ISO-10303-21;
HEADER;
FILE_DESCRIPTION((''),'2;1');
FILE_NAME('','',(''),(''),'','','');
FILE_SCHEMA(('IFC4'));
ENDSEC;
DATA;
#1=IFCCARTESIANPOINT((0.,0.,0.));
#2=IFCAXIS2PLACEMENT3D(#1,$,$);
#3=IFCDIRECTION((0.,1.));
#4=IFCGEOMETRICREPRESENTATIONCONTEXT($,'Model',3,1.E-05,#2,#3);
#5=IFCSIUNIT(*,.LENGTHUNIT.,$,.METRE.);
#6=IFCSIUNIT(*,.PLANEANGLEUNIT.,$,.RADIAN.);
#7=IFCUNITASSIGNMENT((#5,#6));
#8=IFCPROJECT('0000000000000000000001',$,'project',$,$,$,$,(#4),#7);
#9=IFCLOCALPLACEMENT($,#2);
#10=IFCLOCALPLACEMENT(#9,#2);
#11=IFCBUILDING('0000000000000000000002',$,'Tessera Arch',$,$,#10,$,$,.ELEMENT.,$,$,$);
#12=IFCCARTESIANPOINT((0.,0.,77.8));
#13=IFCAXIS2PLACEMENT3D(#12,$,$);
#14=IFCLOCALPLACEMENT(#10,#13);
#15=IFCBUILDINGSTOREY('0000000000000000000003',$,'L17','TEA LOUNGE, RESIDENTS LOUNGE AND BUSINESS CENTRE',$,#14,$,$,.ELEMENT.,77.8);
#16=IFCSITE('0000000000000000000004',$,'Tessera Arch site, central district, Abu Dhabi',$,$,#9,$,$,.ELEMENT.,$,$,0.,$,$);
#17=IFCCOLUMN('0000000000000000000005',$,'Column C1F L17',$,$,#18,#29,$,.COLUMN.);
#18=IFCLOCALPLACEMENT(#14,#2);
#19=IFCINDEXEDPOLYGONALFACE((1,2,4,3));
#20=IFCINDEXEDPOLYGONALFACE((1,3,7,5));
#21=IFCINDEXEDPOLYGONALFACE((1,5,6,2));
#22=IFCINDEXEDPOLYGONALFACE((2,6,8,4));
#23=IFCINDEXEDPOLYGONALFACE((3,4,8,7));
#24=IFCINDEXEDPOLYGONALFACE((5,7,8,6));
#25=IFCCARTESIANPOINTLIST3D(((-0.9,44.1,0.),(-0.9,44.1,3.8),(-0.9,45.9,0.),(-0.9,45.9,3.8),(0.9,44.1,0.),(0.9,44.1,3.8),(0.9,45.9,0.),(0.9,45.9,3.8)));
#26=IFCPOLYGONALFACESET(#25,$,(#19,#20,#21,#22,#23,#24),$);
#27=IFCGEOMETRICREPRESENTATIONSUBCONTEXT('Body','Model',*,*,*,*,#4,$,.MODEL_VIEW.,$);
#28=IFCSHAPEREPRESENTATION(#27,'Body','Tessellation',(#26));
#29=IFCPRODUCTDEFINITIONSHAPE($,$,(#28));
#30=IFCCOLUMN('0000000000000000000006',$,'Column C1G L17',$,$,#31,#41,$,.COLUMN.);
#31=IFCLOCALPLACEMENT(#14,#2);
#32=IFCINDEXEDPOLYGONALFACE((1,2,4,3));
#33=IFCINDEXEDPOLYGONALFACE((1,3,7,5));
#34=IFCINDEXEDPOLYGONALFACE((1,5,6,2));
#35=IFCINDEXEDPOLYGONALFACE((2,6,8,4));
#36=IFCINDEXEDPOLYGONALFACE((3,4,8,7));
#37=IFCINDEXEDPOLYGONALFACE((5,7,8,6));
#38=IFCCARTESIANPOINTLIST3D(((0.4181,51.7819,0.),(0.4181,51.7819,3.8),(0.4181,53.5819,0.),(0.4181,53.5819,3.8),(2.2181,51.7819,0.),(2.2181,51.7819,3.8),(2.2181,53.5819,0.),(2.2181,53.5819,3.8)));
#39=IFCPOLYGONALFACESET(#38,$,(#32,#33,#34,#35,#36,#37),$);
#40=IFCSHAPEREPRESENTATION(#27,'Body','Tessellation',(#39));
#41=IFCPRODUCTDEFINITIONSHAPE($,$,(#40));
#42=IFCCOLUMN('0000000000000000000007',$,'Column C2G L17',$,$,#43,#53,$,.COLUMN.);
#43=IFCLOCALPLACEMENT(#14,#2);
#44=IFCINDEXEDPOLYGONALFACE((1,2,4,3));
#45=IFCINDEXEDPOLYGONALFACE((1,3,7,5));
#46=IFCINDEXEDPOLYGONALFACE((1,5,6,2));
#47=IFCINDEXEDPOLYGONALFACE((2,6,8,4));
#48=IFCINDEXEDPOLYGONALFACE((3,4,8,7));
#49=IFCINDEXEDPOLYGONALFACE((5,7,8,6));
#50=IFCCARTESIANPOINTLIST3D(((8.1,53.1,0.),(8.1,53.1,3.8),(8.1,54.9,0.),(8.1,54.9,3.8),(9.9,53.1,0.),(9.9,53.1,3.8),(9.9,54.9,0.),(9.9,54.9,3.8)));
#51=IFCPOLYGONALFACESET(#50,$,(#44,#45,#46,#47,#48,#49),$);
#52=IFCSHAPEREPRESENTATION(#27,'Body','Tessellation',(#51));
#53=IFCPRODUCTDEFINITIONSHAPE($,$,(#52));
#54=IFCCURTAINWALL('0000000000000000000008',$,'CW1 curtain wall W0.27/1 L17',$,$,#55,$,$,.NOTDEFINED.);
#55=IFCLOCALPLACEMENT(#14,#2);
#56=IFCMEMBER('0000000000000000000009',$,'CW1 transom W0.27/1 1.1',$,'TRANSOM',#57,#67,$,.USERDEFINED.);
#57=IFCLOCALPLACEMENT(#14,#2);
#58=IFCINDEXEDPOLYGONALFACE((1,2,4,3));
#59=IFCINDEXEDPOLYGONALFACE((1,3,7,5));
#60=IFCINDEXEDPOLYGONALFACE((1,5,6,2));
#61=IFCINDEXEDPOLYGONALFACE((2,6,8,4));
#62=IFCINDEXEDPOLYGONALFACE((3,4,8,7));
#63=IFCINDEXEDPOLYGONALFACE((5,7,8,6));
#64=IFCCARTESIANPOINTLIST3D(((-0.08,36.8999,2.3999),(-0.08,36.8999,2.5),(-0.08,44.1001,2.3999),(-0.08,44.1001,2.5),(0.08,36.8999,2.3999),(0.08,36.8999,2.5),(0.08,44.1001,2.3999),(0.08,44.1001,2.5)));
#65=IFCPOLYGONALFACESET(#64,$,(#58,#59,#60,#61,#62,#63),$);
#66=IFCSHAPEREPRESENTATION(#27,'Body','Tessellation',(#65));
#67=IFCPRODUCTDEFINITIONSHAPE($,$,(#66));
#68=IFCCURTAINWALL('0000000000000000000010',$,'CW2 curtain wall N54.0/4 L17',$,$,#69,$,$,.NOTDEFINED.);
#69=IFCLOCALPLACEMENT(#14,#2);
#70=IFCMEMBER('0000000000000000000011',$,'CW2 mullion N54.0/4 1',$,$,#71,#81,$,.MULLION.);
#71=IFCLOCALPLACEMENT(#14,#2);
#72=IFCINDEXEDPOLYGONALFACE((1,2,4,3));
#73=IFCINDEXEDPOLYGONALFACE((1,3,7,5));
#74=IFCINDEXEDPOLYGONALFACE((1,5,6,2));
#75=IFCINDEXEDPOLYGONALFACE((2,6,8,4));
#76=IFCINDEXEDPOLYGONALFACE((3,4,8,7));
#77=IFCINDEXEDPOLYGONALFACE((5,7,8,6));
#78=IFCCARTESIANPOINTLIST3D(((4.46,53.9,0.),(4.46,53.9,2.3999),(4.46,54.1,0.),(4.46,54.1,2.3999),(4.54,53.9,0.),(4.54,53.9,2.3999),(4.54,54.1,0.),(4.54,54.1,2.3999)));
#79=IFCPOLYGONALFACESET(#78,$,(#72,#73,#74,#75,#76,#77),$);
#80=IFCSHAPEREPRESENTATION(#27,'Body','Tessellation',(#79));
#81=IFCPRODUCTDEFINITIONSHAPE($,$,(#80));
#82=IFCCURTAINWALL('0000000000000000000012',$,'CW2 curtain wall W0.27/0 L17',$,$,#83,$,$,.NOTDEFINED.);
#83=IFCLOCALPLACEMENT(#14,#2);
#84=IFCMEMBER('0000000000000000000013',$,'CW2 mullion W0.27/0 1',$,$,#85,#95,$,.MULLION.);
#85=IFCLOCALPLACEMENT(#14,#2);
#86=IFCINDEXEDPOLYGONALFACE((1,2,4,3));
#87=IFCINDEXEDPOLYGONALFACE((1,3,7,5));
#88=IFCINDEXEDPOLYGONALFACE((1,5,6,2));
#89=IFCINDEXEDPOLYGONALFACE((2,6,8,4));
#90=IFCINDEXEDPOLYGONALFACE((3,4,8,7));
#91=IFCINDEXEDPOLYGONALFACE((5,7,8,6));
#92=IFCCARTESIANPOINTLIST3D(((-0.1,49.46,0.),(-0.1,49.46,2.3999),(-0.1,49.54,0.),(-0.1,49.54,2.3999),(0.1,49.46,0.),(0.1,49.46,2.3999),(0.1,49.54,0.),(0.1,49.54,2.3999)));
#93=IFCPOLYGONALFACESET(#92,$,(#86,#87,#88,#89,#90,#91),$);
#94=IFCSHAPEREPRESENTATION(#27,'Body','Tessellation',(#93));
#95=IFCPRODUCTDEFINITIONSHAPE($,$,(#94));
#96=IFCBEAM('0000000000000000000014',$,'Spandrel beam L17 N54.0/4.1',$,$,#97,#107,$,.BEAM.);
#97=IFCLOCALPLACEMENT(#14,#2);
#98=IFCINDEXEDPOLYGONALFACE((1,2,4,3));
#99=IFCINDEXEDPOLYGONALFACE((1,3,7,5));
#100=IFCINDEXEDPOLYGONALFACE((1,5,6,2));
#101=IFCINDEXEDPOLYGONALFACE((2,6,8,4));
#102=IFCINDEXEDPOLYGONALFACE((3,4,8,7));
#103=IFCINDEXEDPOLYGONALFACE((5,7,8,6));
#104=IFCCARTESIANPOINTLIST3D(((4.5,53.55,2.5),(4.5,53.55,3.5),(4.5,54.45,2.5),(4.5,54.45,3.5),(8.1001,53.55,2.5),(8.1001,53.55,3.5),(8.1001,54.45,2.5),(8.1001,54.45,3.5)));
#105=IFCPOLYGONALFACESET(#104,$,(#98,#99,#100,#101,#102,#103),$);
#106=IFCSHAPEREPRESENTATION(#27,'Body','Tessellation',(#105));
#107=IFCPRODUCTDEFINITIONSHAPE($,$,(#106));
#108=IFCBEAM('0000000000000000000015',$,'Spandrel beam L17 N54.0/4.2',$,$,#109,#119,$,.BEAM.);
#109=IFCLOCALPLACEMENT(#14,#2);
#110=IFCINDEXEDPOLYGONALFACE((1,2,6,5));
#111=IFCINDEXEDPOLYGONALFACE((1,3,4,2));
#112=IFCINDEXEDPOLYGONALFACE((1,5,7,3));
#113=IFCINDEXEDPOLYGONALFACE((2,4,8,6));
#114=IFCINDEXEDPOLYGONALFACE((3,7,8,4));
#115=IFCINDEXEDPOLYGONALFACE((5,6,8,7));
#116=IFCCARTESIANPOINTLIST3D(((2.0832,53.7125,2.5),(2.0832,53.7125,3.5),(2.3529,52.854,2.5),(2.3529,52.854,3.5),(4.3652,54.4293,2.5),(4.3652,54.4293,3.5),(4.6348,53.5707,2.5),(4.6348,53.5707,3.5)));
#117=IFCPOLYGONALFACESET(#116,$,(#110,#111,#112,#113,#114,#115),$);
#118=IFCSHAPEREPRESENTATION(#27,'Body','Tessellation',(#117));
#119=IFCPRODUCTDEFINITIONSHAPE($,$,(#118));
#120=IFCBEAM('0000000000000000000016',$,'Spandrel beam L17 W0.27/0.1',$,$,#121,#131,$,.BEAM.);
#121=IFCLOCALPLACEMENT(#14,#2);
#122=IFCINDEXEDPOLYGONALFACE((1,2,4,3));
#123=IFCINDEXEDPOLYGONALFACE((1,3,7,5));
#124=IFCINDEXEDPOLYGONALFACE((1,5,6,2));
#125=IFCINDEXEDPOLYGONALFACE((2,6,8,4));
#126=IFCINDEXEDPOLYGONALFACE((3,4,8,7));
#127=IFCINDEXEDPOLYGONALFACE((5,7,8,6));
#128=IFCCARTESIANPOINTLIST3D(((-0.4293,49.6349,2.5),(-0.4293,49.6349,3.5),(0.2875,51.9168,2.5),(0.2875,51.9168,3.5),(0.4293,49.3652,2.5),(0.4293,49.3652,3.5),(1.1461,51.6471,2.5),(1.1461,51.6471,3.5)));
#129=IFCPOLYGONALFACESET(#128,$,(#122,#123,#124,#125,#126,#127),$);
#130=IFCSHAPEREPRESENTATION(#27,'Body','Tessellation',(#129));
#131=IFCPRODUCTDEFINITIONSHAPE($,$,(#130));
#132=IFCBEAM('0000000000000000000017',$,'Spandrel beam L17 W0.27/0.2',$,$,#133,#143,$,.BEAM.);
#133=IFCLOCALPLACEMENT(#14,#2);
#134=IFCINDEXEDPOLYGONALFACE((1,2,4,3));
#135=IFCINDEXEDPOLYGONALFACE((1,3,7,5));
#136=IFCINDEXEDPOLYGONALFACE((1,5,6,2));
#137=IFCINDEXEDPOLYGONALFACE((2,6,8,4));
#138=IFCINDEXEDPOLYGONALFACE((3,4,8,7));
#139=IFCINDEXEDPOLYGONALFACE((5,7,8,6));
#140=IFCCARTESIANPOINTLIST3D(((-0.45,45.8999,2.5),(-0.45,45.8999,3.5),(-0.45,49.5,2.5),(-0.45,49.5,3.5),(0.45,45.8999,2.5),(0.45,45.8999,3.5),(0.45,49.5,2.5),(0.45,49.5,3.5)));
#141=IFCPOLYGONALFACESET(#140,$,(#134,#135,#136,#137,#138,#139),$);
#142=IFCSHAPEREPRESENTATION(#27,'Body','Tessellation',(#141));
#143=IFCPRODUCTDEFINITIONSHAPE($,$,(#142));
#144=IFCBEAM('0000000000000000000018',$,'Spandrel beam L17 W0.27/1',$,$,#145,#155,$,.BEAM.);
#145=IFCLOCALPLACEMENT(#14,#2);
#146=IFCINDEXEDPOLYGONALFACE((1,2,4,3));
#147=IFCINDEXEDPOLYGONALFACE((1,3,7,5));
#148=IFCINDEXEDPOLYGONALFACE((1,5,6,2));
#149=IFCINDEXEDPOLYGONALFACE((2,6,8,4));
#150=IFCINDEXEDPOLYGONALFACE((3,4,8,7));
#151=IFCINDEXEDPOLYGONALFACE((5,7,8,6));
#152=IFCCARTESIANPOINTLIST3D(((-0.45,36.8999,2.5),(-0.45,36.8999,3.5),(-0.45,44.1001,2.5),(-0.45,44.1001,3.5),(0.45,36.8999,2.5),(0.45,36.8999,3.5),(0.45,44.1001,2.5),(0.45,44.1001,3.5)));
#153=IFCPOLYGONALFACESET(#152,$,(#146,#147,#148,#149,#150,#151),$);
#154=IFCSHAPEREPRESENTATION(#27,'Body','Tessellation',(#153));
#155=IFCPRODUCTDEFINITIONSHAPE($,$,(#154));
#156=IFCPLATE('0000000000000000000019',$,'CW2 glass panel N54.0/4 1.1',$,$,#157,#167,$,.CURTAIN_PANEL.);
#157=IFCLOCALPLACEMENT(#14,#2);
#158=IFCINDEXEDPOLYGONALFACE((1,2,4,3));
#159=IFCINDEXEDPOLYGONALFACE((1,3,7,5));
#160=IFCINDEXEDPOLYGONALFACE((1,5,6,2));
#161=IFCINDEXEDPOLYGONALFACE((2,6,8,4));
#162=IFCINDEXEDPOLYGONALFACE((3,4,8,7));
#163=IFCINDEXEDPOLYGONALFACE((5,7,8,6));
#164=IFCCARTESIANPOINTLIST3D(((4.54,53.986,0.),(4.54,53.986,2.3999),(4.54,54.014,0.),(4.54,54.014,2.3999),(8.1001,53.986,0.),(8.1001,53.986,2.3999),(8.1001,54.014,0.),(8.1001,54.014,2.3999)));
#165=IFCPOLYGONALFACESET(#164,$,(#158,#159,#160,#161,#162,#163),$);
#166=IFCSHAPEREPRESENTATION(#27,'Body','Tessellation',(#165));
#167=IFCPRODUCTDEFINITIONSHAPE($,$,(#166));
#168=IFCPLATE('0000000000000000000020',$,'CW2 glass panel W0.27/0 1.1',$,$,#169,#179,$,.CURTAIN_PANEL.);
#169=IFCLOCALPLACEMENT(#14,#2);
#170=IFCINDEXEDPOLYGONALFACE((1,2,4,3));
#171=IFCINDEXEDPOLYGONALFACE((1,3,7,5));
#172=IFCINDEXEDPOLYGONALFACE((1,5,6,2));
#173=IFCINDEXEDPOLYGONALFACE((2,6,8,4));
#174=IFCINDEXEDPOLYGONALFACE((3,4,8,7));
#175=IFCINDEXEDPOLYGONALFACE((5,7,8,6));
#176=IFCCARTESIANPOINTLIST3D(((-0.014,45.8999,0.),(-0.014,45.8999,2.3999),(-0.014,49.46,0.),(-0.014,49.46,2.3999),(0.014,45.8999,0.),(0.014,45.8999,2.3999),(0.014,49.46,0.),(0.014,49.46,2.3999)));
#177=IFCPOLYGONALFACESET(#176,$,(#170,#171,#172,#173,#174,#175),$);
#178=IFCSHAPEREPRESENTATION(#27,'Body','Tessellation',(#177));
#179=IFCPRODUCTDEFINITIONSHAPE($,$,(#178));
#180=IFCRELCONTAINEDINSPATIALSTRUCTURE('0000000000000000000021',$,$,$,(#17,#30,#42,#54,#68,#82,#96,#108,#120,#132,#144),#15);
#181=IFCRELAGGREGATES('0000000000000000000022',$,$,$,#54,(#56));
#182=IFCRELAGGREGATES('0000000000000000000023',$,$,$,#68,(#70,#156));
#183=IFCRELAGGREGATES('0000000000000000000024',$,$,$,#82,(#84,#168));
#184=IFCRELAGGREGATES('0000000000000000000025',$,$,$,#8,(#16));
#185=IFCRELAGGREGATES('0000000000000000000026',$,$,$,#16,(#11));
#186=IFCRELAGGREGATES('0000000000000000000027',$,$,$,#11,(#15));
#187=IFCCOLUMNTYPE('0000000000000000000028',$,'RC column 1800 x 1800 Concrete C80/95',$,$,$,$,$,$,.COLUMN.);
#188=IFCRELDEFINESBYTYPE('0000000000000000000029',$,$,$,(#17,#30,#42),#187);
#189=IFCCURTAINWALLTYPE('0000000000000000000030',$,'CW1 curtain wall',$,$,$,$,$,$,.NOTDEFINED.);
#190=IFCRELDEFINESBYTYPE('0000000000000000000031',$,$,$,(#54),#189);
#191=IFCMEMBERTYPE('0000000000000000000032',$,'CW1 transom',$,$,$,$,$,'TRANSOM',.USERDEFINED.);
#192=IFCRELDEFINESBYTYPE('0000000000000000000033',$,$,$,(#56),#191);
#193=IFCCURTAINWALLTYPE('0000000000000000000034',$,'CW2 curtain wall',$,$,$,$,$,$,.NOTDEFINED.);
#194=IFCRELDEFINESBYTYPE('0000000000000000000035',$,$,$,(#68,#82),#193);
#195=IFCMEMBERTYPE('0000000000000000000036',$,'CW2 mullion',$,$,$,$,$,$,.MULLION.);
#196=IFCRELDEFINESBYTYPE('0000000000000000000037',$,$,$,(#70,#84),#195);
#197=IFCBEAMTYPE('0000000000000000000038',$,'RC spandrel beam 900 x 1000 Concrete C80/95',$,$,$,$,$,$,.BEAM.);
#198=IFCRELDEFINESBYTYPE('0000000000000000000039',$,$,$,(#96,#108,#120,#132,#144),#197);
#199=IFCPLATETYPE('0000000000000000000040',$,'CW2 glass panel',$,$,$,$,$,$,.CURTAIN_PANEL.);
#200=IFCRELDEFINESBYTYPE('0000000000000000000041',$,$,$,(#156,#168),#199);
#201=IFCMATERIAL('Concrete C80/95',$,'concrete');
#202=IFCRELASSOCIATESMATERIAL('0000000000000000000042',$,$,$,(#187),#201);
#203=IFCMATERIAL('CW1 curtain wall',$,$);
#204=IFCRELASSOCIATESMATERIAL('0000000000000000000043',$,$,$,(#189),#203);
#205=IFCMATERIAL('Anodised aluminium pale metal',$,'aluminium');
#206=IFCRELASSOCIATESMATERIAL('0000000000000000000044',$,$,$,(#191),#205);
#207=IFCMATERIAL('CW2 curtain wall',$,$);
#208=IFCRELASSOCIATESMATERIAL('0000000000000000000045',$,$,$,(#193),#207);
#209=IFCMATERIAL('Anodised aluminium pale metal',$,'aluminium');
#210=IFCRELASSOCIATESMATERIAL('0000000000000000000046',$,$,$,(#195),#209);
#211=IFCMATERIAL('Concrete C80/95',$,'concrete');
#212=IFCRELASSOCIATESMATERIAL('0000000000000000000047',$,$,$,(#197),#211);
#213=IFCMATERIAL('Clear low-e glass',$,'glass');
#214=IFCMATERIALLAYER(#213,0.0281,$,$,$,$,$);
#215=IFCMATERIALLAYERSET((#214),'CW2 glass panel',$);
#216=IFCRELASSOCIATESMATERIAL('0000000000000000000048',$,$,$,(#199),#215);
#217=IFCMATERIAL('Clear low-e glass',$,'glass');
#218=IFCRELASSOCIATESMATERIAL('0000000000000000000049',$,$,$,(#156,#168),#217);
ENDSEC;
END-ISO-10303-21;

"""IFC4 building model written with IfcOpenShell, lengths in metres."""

from ifc_helpers import new_model, si_unit, direction, frame, origin, origin_2d, place, context, subcontext, project, spatial, rectangle, extrude, material, layer, layer_set, material_profile, profile_set, type_object, element, aggregate, save


model = new_model("IFC4")

# Units and contexts
model_context = context("Model", 3, precision=1e-05, world=origin(), true_north=direction((0.0, 1.0)))
body_context = subcontext(model_context, "Body", "Model", "MODEL_VIEW")
ifc_project = project(units=[si_unit("LENGTHUNIT", "METRE"), si_unit("PLANEANGLEUNIT", "RADIAN")], contexts=[model_context])

# Site, building, storey
site_placement = place(None, origin())
site = spatial("IfcSite", under=ifc_project, at=site_placement, Name="Tessera Arch site, central district, Abu Dhabi", CompositionType="ELEMENT", RefElevation=0.0)
building_placement = place(site_placement, origin())
building = spatial("IfcBuilding", under=site, at=building_placement, Name="Tessera Arch", CompositionType="ELEMENT")
storey_placement = place(building_placement, frame((0.0, 0.0, 77.8)))
storey = spatial("IfcBuildingStorey", under=building, at=storey_placement, Name="L17", Description="TEA LOUNGE, RESIDENTS LOUNGE AND BUSINESS CENTRE", CompositionType="ELEMENT", Elevation=77.8)

# Columns
ifc_material_1 = material(Name="Concrete C80/95", Category="concrete")
ifc_material_profile_1 = material_profile(ifc_material_1, rectangle(XDim=1.8, YDim=1.8, at=origin_2d()), Name="RC column 1800 x 1800 Concrete C80/95")
ifc_profile_set_1 = profile_set([ifc_material_profile_1], Name="Concrete C80/95")
column_type = type_object("IfcColumnType", Name="RC column 1800 x 1800 Concrete C80/95", PredefinedType="COLUMN", material=ifc_profile_set_1)
for number, where, z_axis, x_axis, name in (
    (1, (0.0, 45.0, 0.0), (0.0, 0.0, 1.0), (1.0, 0.0, 0.0), "Column C1F L17"),
    (2, (1.3181, 52.6819, 0.0), (0.0, 0.0, 1.0), (1.0, 0.0, 0.0), "Column C1G L17"),
    (3, (9.0, 54.0, 0.0), (0.0, 0.0, 1.0), (1.0, 0.0, 0.0), "Column C2G L17"),
):
    element("IfcColumn", number, at=place(storey_placement, frame(where, z_axis=z_axis, x_axis=x_axis)), inside=storey, type_object=column_type, Name=name, PredefinedType="COLUMN", context=body_context, shape_type="SweptSolid", body=[
        extrude(rectangle(XDim=1.8, YDim=1.8, at=origin_2d()), origin(), (0.0, 0.0, 1.0), 3.8),
    ])

# Curtain walls, members
ifc_material_2 = material(Name="CW1 curtain wall")
curtain_wall_type_1 = type_object("IfcCurtainWallType", Name="CW1 curtain wall", PredefinedType="NOTDEFINED", material=ifc_material_2)
curtain_wall_1_placement = place(storey_placement, origin())
curtain_wall_1 = element("IfcCurtainWall", 4, at=curtain_wall_1_placement, inside=storey, type_object=curtain_wall_type_1, Name="CW1 curtain wall W0.27/1 L17", PredefinedType="NOTDEFINED")
ifc_material_3 = material(Name="Anodised aluminium pale metal", Category="aluminium")
ifc_material_profile_2 = material_profile(ifc_material_3, rectangle(XDim=0.1599, YDim=0.1001, at=origin_2d()), Name="AL 160x100")
ifc_profile_set_2 = profile_set([ifc_material_profile_2], Name="Anodised aluminium pale metal")
member_type_1 = type_object("IfcMemberType", Name="CW1 transom", ElementType="TRANSOM", PredefinedType="USERDEFINED", material=ifc_profile_set_2)
member_1_placement = place(storey_placement, frame((0.0, 44.1001, 2.45), z_axis=(0.0, -1.0, 0.0), x_axis=(1.0, 0.0, 0.0)))
member_1 = element("IfcMember", 5, at=member_1_placement, type_object=member_type_1, Name="CW1 transom W0.27/1 1.1", ObjectType="TRANSOM", PredefinedType="USERDEFINED", context=body_context, shape_type="SweptSolid", body=[
    extrude(rectangle(XDim=0.1599, YDim=0.1001, at=origin_2d()), origin(), (0.0, 0.0, 1.0), 7.2002),
])
aggregate(curtain_wall_1, [member_1])
ifc_material_4 = material(Name="CW2 curtain wall")
curtain_wall_type_2 = type_object("IfcCurtainWallType", Name="CW2 curtain wall", PredefinedType="NOTDEFINED", material=ifc_material_4)
curtain_wall_2_placement = place(storey_placement, origin())
curtain_wall_2 = element("IfcCurtainWall", 6, at=curtain_wall_2_placement, inside=storey, type_object=curtain_wall_type_2, Name="CW2 curtain wall N54.0/4 L17", PredefinedType="NOTDEFINED")
ifc_material_5 = material(Name="Anodised aluminium pale metal", Category="aluminium")
ifc_material_profile_3 = material_profile(ifc_material_5, rectangle(XDim=0.2, YDim=0.0801, at=origin_2d()), Name="AL 80x200")
ifc_profile_set_3 = profile_set([ifc_material_profile_3], Name="Anodised aluminium pale metal")
member_type_2 = type_object("IfcMemberType", Name="CW2 mullion", PredefinedType="MULLION", material=ifc_profile_set_3)
member_2_placement = place(storey_placement, frame((4.5, 54.0, 0.0), z_axis=(0.0, 0.0, 1.0), x_axis=(0.0, -1.0, 0.0)))
member_2 = element("IfcMember", 7, at=member_2_placement, type_object=member_type_2, Name="CW2 mullion N54.0/4 1", PredefinedType="MULLION", context=body_context, shape_type="SweptSolid", body=[
    extrude(rectangle(XDim=0.2, YDim=0.0801, at=origin_2d()), origin(), (0.0, 0.0, 1.0), 2.3999),
])
curtain_wall_3_placement = place(storey_placement, origin())
curtain_wall_3 = element("IfcCurtainWall", 8, at=curtain_wall_3_placement, inside=storey, type_object=curtain_wall_type_2, Name="CW2 curtain wall W0.27/0 L17", PredefinedType="NOTDEFINED")
member_3_placement = place(storey_placement, frame((0.0, 49.5, 0.0), z_axis=(0.0, 0.0, 1.0), x_axis=(1.0, 0.0, 0.0)))
member_3 = element("IfcMember", 9, at=member_3_placement, type_object=member_type_2, Name="CW2 mullion W0.27/0 1", PredefinedType="MULLION", context=body_context, shape_type="SweptSolid", body=[
    extrude(rectangle(XDim=0.2, YDim=0.0801, at=origin_2d()), origin(), (0.0, 0.0, 1.0), 2.3999),
])

# Beams
ifc_material_6 = material(Name="Concrete C80/95", Category="concrete")
ifc_material_profile_4 = material_profile(ifc_material_6, rectangle(XDim=0.8999, YDim=1.0, at=origin_2d()), Name="RC spandrel beam 900 x 1000 Concrete C80/95")
ifc_profile_set_4 = profile_set([ifc_material_profile_4], Name="Concrete C80/95")
beam_type = type_object("IfcBeamType", Name="RC spandrel beam 900 x 1000 Concrete C80/95", PredefinedType="BEAM", material=ifc_profile_set_4)
beam_1_placement = place(storey_placement, frame((8.1001, 54.0, 3.0), z_axis=(-1.0, 0.0, 0.0), x_axis=(0.0, -1.0, 0.0)))
element("IfcBeam", 10, at=beam_1_placement, inside=storey, type_object=beam_type, Name="Spandrel beam L17 N54.0/4.1", PredefinedType="BEAM", context=body_context, shape_type="SweptSolid", body=[
    extrude(rectangle(XDim=0.8999, YDim=1.0, at=origin_2d()), origin(), (0.0, 0.0, 1.0), 3.6001),
])
for number, where, z_axis, x_axis, name in (
    (11, (4.5, 54.0, 3.0), (-0.954041, -0.299675, 0.0), (0.299675, -0.954041, 0.0), "Spandrel beam L17 N54.0/4.2"),
    (12, (0.7168, 51.782, 3.0), (-0.299675, -0.954041, 0.0), (0.954041, -0.299675, 0.0), "Spandrel beam L17 W0.27/0.1"),
):
    element("IfcBeam", number, at=place(storey_placement, frame(where, z_axis=z_axis, x_axis=x_axis)), inside=storey, type_object=beam_type, Name=name, PredefinedType="BEAM", context=body_context, shape_type="SweptSolid", body=[
        extrude(rectangle(XDim=0.8999, YDim=1.0, at=origin_2d()), origin(), (0.0, 0.0, 1.0), 2.3918),
    ])
beam_2_placement = place(storey_placement, frame((0.0, 49.5, 3.0), z_axis=(0.0, -1.0, 0.0), x_axis=(1.0, 0.0, 0.0)))
element("IfcBeam", 13, at=beam_2_placement, inside=storey, type_object=beam_type, Name="Spandrel beam L17 W0.27/0.2", PredefinedType="BEAM", context=body_context, shape_type="SweptSolid", body=[
    extrude(rectangle(XDim=0.8999, YDim=1.0, at=origin_2d()), origin(), (0.0, 0.0, 1.0), 3.6001),
])
beam_3_placement = place(storey_placement, frame((0.0, 44.1001, 3.0), z_axis=(0.0, -1.0, 0.0), x_axis=(1.0, 0.0, 0.0)))
element("IfcBeam", 14, at=beam_3_placement, inside=storey, type_object=beam_type, Name="Spandrel beam L17 W0.27/1", PredefinedType="BEAM", context=body_context, shape_type="SweptSolid", body=[
    extrude(rectangle(XDim=0.8999, YDim=1.0, at=origin_2d()), origin(), (0.0, 0.0, 1.0), 7.2002),
])

# Plates
ifc_material_7 = material(Name="Clear low-e glass", Category="glass")
ifc_material_8 = material(Name="Clear low-e glass", Category="glass")
ifc_layer_1 = layer(ifc_material_8, 0.0281)
ifc_layer_set_1 = layer_set([ifc_layer_1], Name="CW2 glass panel")
plate_type = type_object("IfcPlateType", Name="CW2 glass panel", PredefinedType="CURTAIN_PANEL", material=ifc_layer_set_1)
plate_1_placement = place(storey_placement, frame((6.3201, 54.0, 0.0), z_axis=(0.0, 0.0, 1.0), x_axis=(-1.0, 0.0, 0.0)))
plate_1 = element("IfcPlate", 15, at=plate_1_placement, type_object=plate_type, material=ifc_material_7, Name="CW2 glass panel N54.0/4 1.1", PredefinedType="CURTAIN_PANEL", context=body_context, shape_type="SweptSolid", body=[
    extrude(rectangle(XDim=3.5601, YDim=0.0281, at=origin_2d()), origin(), (0.0, 0.0, 1.0), 2.3999),
])
aggregate(curtain_wall_2, [member_2, plate_1])
plate_2_placement = place(storey_placement, frame((0.0, 47.6799, 0.0), z_axis=(0.0, 0.0, 1.0), x_axis=(0.0, -1.0, 0.0)))
plate_2 = element("IfcPlate", 16, at=plate_2_placement, type_object=plate_type, material=ifc_material_7, Name="CW2 glass panel W0.27/0 1.1", PredefinedType="CURTAIN_PANEL", context=body_context, shape_type="SweptSolid", body=[
    extrude(rectangle(XDim=3.5601, YDim=0.0281, at=origin_2d()), origin(), (0.0, 0.0, 1.0), 2.3999),
])
aggregate(curtain_wall_3, [member_3, plate_2])

save(model, "model.ifc")
